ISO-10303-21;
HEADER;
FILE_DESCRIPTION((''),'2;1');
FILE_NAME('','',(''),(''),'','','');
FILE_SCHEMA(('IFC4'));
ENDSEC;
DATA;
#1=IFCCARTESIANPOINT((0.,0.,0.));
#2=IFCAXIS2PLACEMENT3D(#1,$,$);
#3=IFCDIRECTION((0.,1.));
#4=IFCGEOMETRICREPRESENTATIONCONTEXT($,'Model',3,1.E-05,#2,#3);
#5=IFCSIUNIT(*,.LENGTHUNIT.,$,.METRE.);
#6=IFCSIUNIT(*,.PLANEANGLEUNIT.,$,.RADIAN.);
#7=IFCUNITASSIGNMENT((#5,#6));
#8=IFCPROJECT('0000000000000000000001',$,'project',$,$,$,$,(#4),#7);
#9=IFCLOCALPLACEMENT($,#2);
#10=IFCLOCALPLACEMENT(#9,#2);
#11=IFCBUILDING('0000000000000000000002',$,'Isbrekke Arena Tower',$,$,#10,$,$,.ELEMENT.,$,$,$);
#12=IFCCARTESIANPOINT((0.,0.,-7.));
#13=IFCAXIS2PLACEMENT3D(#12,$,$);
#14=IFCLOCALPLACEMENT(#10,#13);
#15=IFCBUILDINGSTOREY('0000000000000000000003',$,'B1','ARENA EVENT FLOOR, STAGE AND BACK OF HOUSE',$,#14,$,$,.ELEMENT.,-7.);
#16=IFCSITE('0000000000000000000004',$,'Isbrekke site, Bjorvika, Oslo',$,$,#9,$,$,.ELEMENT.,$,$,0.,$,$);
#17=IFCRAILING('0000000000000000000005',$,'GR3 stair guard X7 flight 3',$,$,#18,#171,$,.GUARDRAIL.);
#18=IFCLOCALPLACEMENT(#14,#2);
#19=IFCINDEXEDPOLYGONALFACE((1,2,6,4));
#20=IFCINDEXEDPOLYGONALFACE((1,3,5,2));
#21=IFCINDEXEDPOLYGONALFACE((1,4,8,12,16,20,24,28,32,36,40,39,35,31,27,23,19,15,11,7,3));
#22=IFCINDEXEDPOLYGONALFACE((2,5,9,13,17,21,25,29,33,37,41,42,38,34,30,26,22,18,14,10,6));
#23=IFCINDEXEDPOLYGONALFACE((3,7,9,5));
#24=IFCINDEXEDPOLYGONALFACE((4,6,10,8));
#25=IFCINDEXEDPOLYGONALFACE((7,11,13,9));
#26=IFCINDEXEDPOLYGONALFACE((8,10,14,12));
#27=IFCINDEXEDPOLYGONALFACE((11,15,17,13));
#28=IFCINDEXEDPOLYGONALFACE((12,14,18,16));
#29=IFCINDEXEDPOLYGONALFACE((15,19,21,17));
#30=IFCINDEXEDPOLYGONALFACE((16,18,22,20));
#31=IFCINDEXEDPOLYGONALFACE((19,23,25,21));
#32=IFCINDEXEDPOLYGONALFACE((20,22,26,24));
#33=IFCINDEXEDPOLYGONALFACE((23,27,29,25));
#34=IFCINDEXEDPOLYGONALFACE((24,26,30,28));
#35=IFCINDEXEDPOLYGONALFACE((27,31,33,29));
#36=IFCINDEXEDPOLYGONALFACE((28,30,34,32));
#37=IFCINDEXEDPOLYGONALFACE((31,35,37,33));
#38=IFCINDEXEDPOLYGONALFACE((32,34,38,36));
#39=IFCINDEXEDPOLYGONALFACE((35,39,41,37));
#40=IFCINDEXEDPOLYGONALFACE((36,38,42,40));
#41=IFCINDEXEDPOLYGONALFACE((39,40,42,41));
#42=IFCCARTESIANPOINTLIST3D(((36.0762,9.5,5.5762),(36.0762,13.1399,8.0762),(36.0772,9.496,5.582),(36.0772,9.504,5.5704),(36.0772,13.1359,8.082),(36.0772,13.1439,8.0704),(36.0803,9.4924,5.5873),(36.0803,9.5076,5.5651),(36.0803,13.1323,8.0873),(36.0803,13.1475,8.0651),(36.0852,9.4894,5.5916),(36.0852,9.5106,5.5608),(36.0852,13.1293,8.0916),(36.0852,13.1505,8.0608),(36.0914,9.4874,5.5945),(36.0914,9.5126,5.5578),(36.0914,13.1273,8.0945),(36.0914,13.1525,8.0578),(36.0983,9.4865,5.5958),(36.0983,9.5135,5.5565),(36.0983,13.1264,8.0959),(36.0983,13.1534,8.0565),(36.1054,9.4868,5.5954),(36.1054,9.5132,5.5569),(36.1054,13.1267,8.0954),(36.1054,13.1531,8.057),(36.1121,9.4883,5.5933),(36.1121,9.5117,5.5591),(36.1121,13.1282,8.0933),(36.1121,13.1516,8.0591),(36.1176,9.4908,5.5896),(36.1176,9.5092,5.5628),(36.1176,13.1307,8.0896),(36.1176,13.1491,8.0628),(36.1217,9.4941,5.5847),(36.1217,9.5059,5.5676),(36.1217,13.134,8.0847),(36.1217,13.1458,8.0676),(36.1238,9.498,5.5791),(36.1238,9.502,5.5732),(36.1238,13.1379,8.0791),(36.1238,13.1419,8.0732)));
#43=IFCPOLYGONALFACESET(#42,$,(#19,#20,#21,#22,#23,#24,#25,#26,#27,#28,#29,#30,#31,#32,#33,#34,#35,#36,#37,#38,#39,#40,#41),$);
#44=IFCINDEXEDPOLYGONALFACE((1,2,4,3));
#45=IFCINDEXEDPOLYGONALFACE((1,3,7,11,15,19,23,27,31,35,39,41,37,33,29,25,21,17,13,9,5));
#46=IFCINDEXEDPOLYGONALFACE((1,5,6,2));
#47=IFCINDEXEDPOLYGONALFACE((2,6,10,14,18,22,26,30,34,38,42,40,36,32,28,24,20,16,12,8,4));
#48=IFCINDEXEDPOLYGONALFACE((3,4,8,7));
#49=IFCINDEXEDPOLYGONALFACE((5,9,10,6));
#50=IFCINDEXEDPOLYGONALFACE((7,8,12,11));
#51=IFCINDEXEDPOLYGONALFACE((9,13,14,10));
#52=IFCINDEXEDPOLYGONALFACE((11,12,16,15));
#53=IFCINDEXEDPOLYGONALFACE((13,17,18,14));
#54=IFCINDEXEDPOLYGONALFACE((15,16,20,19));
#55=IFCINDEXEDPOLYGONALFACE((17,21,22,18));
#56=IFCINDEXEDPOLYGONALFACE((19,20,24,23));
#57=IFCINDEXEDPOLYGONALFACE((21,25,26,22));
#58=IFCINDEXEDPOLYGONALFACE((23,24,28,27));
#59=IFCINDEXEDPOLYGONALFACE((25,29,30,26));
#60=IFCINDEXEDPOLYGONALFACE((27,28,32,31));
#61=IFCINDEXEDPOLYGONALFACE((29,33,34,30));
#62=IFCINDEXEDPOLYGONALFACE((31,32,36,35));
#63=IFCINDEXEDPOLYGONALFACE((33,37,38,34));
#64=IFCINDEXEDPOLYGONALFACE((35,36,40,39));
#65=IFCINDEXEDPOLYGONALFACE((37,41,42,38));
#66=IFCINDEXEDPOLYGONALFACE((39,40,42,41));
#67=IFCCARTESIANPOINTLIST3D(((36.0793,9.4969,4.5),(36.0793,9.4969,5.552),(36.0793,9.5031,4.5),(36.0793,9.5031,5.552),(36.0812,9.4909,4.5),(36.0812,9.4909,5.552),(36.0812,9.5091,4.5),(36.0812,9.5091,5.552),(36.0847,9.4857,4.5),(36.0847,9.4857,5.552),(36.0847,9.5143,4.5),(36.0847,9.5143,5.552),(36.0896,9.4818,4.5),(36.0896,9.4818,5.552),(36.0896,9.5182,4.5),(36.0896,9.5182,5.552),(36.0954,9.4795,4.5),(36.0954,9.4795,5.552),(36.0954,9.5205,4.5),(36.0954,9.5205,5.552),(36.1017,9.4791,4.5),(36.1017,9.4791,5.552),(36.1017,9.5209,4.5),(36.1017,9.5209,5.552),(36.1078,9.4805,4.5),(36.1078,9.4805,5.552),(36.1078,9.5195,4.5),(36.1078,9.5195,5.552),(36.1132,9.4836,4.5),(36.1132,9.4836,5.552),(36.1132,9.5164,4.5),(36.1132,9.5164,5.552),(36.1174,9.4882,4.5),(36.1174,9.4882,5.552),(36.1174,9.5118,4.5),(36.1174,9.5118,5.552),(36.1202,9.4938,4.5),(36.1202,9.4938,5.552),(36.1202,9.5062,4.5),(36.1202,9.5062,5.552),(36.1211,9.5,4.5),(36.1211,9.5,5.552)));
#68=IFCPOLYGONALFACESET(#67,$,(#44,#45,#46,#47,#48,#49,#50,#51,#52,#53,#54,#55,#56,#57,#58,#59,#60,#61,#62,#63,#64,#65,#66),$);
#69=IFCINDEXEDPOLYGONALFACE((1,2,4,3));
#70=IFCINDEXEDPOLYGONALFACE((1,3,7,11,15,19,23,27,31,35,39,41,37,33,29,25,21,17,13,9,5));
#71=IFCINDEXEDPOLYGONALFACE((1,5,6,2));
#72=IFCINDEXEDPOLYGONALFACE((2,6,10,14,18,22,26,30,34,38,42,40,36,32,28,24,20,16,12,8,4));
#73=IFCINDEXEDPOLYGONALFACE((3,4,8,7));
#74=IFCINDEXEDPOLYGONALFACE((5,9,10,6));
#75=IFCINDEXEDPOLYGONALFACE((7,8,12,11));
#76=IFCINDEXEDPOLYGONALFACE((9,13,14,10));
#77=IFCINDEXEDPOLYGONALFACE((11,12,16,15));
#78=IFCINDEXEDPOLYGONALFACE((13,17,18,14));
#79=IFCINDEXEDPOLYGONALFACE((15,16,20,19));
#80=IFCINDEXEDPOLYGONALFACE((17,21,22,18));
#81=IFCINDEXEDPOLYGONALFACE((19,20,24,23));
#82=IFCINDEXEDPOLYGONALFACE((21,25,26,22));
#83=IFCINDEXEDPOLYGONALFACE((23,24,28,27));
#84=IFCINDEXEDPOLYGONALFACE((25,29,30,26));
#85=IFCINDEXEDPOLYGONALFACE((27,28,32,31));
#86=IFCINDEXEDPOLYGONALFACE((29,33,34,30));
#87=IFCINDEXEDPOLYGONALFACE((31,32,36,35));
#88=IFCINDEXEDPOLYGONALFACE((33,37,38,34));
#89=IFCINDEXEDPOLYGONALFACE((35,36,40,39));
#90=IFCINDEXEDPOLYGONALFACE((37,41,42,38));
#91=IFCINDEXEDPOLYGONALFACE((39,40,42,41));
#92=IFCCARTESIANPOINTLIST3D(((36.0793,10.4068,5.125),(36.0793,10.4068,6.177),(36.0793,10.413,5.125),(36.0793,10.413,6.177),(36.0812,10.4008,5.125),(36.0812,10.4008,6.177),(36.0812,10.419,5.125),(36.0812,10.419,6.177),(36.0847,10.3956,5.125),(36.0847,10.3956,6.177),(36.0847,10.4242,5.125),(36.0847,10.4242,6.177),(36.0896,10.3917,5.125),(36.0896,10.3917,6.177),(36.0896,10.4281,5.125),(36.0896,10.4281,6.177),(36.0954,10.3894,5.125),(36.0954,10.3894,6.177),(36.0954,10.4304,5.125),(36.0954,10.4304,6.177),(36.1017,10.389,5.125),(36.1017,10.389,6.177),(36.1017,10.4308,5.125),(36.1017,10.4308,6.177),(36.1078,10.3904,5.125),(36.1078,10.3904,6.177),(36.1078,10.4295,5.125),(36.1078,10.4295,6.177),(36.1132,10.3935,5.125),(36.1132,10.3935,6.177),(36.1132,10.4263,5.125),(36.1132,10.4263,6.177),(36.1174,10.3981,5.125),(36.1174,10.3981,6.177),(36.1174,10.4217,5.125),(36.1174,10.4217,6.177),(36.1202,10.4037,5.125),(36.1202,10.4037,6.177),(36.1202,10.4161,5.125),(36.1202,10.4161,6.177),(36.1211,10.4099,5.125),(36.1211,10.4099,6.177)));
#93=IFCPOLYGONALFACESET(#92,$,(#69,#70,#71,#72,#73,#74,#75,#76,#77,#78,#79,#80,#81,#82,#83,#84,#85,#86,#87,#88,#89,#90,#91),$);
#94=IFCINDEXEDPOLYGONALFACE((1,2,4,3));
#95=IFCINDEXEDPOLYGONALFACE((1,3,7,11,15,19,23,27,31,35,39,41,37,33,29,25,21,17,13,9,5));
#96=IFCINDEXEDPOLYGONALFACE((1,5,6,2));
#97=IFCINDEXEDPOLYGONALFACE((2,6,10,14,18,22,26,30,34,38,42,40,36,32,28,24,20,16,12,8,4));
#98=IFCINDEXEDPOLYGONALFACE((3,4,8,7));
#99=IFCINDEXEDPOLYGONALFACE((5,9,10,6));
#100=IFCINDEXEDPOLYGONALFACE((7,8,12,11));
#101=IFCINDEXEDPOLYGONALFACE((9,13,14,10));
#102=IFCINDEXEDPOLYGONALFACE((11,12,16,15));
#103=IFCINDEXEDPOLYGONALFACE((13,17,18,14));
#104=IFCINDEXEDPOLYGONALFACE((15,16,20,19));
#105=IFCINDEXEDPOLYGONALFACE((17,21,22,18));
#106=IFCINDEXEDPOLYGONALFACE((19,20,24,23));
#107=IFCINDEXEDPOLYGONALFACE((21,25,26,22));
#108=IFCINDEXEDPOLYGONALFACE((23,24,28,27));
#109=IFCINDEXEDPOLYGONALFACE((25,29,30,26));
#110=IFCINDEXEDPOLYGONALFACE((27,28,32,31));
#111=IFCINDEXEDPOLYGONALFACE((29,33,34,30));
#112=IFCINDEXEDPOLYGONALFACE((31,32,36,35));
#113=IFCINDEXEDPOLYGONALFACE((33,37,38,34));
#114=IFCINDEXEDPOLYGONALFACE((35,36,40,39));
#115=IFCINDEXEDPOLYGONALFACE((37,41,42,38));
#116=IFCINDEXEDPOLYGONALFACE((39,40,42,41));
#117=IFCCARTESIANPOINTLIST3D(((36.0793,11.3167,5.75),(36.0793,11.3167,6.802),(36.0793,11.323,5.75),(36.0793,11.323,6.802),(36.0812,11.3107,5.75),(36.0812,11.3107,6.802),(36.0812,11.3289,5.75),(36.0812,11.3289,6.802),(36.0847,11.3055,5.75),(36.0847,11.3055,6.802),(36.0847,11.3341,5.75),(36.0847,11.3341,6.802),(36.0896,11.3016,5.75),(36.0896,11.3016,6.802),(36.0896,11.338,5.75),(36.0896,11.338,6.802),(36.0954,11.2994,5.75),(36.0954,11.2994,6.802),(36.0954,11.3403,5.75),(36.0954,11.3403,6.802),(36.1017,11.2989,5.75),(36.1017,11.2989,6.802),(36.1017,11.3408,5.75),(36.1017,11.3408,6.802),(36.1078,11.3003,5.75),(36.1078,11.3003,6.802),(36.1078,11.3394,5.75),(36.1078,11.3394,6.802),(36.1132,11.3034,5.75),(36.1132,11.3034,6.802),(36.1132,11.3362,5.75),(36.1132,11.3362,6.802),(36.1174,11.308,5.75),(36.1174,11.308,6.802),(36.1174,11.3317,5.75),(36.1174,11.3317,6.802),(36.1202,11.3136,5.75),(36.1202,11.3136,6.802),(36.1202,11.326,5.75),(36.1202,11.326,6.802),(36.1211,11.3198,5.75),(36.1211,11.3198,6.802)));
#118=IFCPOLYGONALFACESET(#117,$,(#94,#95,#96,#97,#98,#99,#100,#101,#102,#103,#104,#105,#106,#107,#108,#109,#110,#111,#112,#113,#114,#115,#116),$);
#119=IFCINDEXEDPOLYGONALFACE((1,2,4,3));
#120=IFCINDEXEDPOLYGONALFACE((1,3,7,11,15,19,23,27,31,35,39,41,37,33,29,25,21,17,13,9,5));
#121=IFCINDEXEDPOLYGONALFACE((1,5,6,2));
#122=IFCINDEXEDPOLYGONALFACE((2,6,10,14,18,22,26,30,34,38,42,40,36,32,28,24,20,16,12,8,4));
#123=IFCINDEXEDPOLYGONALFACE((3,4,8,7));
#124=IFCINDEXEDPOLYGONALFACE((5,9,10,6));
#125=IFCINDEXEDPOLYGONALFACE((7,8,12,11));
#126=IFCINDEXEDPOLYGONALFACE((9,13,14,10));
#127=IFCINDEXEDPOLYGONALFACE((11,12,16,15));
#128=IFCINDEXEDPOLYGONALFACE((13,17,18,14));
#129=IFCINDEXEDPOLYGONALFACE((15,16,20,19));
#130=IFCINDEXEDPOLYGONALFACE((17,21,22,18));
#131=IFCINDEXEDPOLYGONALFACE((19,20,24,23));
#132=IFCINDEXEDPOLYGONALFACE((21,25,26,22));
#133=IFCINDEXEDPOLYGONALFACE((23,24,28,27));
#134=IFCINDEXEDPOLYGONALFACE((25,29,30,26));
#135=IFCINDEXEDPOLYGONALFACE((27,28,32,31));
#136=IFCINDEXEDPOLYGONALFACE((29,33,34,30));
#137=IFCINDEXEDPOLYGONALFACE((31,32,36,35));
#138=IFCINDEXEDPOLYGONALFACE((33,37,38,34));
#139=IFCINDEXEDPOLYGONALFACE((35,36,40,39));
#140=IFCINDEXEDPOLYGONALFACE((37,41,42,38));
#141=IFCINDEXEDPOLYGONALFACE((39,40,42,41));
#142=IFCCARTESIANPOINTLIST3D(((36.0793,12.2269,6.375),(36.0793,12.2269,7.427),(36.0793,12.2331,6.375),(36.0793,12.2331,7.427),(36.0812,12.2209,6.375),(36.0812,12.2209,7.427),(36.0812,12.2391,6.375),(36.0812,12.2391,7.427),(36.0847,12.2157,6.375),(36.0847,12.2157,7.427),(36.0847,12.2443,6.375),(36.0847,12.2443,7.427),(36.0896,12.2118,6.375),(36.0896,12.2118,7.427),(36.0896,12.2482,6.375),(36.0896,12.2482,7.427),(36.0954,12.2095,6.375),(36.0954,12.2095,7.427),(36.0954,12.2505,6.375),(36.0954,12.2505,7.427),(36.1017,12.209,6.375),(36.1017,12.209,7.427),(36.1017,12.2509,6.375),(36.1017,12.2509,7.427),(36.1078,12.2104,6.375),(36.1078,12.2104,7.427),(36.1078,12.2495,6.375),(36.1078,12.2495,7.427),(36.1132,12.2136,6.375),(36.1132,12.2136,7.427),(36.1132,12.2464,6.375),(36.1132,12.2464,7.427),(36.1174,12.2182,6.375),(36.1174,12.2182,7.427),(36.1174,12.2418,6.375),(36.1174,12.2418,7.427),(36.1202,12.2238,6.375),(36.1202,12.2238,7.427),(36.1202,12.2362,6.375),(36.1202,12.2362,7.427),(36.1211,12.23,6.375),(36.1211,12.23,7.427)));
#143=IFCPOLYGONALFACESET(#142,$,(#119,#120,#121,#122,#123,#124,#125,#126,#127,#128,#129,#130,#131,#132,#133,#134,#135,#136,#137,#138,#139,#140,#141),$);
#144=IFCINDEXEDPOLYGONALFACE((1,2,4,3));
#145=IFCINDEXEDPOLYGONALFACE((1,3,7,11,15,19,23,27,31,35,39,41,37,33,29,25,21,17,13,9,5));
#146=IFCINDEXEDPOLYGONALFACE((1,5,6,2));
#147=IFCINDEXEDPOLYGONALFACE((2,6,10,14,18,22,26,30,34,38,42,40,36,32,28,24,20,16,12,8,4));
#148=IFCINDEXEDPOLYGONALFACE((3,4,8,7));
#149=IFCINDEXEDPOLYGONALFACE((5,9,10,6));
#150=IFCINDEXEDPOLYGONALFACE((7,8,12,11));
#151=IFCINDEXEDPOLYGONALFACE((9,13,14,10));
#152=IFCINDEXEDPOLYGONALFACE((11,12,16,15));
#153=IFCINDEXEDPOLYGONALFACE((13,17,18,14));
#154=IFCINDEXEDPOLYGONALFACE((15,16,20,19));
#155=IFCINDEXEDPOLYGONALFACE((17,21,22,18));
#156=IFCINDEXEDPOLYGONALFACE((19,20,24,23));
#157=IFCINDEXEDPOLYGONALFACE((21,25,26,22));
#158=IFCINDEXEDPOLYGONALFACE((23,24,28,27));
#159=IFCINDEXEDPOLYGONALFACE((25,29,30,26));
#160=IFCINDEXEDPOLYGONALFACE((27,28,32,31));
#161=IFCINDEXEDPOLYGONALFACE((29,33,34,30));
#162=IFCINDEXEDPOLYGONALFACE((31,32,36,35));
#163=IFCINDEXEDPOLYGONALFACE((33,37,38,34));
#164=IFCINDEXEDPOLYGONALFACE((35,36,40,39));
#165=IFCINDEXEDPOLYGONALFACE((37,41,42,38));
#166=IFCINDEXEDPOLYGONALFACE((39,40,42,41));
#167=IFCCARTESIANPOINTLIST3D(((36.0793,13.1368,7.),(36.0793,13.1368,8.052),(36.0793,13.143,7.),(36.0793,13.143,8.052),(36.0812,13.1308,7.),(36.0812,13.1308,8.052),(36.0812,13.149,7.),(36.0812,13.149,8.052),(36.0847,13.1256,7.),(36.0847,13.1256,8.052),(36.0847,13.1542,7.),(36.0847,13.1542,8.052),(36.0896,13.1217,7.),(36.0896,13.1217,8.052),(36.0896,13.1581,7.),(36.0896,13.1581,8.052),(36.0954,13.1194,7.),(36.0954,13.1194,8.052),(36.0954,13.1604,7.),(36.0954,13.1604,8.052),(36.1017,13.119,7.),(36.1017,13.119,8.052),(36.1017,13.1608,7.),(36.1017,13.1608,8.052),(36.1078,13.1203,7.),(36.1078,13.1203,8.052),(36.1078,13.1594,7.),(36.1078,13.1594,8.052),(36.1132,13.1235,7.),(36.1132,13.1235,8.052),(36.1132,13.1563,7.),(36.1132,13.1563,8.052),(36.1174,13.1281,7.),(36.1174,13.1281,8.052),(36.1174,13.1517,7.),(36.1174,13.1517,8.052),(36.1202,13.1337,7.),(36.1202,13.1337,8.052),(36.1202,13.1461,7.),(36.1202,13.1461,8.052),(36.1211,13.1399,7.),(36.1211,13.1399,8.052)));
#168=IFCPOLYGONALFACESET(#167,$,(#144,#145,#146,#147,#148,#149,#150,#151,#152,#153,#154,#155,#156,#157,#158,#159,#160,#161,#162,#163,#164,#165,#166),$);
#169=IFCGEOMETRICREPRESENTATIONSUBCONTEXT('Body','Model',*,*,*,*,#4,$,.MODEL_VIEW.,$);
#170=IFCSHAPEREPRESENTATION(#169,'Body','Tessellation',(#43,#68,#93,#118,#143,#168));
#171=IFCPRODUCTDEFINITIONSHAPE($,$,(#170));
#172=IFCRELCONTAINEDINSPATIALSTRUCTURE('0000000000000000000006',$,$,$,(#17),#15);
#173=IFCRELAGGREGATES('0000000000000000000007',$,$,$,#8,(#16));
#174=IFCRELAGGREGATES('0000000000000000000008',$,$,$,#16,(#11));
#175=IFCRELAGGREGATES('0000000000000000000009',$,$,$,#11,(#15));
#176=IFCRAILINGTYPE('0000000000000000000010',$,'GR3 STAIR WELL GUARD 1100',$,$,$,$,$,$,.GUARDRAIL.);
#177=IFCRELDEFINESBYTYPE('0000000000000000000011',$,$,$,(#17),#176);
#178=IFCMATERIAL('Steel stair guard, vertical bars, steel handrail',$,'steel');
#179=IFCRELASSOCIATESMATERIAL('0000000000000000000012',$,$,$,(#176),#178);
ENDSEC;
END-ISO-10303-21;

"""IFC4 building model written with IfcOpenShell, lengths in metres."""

from ifc_helpers import new_model, si_unit, direction, frame, origin, origin_2d, place, context, subcontext, project, spatial, circle, extrude, material, type_object, element, save


model = new_model("IFC4")

# Units and contexts
model_context = context("Model", 3, precision=1e-05, world=origin(), true_north=direction((0.0, 1.0)))
body_context = subcontext(model_context, "Body", "Model", "MODEL_VIEW")
ifc_project = project(units=[si_unit("LENGTHUNIT", "METRE"), si_unit("PLANEANGLEUNIT", "RADIAN")], contexts=[model_context])

# Site, building, storey
site_placement = place(None, origin())
site = spatial("IfcSite", under=ifc_project, at=site_placement, Name="Isbrekke site, Bjorvika, Oslo", CompositionType="ELEMENT", RefElevation=0.0)
building_placement = place(site_placement, origin())
building = spatial("IfcBuilding", under=site, at=building_placement, Name="Isbrekke Arena Tower", CompositionType="ELEMENT")
storey_placement = place(building_placement, frame((0.0, 0.0, -7.0)))
storey = spatial("IfcBuildingStorey", under=building, at=storey_placement, Name="B1", Description="ARENA EVENT FLOOR, STAGE AND BACK OF HOUSE", CompositionType="ELEMENT", Elevation=-7.0)

# Railing
ifc_material_1 = material(Name="Steel stair guard, vertical bars, steel handrail", Category="steel")
railing_type = type_object("IfcRailingType", Name="GR3 STAIR WELL GUARD 1100", PredefinedType="GUARDRAIL", material=ifc_material_1)
railing_1_placement = place(storey_placement, frame((36.1001, 9.5, 4.5)))
element("IfcRailing", 1, at=railing_1_placement, inside=storey, type_object=railing_type, Name="GR3 stair guard X7 flight 3", PredefinedType="GUARDRAIL", context=body_context, shape_type="SweptSolid", body=[
    extrude(circle(Radius=0.0239, at=origin_2d()), frame((0.0, 0.0, 1.0762), z_axis=(0.0, 0.824298, 0.566156), x_axis=(-1.0, 0.0, 0.0)), (0.0, 0.0, 1.0), 4.4158),
    extrude(circle(Radius=0.021, at=origin_2d()), origin(), (0.0, 0.0, 1.0), 1.052),
    extrude(circle(Radius=0.021, at=origin_2d()), frame((0.0, 0.9099, 0.625)), (0.0, 0.0, 1.0), 1.052),
    extrude(circle(Radius=0.021, at=origin_2d()), frame((0.0, 1.8198, 1.25)), (0.0, 0.0, 1.0), 1.052),
    extrude(circle(Radius=0.021, at=origin_2d()), frame((0.0, 2.73, 1.875)), (0.0, 0.0, 1.0), 1.052),
    extrude(circle(Radius=0.021, at=origin_2d()), frame((0.0, 3.6399, 2.5)), (0.0, 0.0, 1.0), 1.052),
])

save(model, "model.ifc")
